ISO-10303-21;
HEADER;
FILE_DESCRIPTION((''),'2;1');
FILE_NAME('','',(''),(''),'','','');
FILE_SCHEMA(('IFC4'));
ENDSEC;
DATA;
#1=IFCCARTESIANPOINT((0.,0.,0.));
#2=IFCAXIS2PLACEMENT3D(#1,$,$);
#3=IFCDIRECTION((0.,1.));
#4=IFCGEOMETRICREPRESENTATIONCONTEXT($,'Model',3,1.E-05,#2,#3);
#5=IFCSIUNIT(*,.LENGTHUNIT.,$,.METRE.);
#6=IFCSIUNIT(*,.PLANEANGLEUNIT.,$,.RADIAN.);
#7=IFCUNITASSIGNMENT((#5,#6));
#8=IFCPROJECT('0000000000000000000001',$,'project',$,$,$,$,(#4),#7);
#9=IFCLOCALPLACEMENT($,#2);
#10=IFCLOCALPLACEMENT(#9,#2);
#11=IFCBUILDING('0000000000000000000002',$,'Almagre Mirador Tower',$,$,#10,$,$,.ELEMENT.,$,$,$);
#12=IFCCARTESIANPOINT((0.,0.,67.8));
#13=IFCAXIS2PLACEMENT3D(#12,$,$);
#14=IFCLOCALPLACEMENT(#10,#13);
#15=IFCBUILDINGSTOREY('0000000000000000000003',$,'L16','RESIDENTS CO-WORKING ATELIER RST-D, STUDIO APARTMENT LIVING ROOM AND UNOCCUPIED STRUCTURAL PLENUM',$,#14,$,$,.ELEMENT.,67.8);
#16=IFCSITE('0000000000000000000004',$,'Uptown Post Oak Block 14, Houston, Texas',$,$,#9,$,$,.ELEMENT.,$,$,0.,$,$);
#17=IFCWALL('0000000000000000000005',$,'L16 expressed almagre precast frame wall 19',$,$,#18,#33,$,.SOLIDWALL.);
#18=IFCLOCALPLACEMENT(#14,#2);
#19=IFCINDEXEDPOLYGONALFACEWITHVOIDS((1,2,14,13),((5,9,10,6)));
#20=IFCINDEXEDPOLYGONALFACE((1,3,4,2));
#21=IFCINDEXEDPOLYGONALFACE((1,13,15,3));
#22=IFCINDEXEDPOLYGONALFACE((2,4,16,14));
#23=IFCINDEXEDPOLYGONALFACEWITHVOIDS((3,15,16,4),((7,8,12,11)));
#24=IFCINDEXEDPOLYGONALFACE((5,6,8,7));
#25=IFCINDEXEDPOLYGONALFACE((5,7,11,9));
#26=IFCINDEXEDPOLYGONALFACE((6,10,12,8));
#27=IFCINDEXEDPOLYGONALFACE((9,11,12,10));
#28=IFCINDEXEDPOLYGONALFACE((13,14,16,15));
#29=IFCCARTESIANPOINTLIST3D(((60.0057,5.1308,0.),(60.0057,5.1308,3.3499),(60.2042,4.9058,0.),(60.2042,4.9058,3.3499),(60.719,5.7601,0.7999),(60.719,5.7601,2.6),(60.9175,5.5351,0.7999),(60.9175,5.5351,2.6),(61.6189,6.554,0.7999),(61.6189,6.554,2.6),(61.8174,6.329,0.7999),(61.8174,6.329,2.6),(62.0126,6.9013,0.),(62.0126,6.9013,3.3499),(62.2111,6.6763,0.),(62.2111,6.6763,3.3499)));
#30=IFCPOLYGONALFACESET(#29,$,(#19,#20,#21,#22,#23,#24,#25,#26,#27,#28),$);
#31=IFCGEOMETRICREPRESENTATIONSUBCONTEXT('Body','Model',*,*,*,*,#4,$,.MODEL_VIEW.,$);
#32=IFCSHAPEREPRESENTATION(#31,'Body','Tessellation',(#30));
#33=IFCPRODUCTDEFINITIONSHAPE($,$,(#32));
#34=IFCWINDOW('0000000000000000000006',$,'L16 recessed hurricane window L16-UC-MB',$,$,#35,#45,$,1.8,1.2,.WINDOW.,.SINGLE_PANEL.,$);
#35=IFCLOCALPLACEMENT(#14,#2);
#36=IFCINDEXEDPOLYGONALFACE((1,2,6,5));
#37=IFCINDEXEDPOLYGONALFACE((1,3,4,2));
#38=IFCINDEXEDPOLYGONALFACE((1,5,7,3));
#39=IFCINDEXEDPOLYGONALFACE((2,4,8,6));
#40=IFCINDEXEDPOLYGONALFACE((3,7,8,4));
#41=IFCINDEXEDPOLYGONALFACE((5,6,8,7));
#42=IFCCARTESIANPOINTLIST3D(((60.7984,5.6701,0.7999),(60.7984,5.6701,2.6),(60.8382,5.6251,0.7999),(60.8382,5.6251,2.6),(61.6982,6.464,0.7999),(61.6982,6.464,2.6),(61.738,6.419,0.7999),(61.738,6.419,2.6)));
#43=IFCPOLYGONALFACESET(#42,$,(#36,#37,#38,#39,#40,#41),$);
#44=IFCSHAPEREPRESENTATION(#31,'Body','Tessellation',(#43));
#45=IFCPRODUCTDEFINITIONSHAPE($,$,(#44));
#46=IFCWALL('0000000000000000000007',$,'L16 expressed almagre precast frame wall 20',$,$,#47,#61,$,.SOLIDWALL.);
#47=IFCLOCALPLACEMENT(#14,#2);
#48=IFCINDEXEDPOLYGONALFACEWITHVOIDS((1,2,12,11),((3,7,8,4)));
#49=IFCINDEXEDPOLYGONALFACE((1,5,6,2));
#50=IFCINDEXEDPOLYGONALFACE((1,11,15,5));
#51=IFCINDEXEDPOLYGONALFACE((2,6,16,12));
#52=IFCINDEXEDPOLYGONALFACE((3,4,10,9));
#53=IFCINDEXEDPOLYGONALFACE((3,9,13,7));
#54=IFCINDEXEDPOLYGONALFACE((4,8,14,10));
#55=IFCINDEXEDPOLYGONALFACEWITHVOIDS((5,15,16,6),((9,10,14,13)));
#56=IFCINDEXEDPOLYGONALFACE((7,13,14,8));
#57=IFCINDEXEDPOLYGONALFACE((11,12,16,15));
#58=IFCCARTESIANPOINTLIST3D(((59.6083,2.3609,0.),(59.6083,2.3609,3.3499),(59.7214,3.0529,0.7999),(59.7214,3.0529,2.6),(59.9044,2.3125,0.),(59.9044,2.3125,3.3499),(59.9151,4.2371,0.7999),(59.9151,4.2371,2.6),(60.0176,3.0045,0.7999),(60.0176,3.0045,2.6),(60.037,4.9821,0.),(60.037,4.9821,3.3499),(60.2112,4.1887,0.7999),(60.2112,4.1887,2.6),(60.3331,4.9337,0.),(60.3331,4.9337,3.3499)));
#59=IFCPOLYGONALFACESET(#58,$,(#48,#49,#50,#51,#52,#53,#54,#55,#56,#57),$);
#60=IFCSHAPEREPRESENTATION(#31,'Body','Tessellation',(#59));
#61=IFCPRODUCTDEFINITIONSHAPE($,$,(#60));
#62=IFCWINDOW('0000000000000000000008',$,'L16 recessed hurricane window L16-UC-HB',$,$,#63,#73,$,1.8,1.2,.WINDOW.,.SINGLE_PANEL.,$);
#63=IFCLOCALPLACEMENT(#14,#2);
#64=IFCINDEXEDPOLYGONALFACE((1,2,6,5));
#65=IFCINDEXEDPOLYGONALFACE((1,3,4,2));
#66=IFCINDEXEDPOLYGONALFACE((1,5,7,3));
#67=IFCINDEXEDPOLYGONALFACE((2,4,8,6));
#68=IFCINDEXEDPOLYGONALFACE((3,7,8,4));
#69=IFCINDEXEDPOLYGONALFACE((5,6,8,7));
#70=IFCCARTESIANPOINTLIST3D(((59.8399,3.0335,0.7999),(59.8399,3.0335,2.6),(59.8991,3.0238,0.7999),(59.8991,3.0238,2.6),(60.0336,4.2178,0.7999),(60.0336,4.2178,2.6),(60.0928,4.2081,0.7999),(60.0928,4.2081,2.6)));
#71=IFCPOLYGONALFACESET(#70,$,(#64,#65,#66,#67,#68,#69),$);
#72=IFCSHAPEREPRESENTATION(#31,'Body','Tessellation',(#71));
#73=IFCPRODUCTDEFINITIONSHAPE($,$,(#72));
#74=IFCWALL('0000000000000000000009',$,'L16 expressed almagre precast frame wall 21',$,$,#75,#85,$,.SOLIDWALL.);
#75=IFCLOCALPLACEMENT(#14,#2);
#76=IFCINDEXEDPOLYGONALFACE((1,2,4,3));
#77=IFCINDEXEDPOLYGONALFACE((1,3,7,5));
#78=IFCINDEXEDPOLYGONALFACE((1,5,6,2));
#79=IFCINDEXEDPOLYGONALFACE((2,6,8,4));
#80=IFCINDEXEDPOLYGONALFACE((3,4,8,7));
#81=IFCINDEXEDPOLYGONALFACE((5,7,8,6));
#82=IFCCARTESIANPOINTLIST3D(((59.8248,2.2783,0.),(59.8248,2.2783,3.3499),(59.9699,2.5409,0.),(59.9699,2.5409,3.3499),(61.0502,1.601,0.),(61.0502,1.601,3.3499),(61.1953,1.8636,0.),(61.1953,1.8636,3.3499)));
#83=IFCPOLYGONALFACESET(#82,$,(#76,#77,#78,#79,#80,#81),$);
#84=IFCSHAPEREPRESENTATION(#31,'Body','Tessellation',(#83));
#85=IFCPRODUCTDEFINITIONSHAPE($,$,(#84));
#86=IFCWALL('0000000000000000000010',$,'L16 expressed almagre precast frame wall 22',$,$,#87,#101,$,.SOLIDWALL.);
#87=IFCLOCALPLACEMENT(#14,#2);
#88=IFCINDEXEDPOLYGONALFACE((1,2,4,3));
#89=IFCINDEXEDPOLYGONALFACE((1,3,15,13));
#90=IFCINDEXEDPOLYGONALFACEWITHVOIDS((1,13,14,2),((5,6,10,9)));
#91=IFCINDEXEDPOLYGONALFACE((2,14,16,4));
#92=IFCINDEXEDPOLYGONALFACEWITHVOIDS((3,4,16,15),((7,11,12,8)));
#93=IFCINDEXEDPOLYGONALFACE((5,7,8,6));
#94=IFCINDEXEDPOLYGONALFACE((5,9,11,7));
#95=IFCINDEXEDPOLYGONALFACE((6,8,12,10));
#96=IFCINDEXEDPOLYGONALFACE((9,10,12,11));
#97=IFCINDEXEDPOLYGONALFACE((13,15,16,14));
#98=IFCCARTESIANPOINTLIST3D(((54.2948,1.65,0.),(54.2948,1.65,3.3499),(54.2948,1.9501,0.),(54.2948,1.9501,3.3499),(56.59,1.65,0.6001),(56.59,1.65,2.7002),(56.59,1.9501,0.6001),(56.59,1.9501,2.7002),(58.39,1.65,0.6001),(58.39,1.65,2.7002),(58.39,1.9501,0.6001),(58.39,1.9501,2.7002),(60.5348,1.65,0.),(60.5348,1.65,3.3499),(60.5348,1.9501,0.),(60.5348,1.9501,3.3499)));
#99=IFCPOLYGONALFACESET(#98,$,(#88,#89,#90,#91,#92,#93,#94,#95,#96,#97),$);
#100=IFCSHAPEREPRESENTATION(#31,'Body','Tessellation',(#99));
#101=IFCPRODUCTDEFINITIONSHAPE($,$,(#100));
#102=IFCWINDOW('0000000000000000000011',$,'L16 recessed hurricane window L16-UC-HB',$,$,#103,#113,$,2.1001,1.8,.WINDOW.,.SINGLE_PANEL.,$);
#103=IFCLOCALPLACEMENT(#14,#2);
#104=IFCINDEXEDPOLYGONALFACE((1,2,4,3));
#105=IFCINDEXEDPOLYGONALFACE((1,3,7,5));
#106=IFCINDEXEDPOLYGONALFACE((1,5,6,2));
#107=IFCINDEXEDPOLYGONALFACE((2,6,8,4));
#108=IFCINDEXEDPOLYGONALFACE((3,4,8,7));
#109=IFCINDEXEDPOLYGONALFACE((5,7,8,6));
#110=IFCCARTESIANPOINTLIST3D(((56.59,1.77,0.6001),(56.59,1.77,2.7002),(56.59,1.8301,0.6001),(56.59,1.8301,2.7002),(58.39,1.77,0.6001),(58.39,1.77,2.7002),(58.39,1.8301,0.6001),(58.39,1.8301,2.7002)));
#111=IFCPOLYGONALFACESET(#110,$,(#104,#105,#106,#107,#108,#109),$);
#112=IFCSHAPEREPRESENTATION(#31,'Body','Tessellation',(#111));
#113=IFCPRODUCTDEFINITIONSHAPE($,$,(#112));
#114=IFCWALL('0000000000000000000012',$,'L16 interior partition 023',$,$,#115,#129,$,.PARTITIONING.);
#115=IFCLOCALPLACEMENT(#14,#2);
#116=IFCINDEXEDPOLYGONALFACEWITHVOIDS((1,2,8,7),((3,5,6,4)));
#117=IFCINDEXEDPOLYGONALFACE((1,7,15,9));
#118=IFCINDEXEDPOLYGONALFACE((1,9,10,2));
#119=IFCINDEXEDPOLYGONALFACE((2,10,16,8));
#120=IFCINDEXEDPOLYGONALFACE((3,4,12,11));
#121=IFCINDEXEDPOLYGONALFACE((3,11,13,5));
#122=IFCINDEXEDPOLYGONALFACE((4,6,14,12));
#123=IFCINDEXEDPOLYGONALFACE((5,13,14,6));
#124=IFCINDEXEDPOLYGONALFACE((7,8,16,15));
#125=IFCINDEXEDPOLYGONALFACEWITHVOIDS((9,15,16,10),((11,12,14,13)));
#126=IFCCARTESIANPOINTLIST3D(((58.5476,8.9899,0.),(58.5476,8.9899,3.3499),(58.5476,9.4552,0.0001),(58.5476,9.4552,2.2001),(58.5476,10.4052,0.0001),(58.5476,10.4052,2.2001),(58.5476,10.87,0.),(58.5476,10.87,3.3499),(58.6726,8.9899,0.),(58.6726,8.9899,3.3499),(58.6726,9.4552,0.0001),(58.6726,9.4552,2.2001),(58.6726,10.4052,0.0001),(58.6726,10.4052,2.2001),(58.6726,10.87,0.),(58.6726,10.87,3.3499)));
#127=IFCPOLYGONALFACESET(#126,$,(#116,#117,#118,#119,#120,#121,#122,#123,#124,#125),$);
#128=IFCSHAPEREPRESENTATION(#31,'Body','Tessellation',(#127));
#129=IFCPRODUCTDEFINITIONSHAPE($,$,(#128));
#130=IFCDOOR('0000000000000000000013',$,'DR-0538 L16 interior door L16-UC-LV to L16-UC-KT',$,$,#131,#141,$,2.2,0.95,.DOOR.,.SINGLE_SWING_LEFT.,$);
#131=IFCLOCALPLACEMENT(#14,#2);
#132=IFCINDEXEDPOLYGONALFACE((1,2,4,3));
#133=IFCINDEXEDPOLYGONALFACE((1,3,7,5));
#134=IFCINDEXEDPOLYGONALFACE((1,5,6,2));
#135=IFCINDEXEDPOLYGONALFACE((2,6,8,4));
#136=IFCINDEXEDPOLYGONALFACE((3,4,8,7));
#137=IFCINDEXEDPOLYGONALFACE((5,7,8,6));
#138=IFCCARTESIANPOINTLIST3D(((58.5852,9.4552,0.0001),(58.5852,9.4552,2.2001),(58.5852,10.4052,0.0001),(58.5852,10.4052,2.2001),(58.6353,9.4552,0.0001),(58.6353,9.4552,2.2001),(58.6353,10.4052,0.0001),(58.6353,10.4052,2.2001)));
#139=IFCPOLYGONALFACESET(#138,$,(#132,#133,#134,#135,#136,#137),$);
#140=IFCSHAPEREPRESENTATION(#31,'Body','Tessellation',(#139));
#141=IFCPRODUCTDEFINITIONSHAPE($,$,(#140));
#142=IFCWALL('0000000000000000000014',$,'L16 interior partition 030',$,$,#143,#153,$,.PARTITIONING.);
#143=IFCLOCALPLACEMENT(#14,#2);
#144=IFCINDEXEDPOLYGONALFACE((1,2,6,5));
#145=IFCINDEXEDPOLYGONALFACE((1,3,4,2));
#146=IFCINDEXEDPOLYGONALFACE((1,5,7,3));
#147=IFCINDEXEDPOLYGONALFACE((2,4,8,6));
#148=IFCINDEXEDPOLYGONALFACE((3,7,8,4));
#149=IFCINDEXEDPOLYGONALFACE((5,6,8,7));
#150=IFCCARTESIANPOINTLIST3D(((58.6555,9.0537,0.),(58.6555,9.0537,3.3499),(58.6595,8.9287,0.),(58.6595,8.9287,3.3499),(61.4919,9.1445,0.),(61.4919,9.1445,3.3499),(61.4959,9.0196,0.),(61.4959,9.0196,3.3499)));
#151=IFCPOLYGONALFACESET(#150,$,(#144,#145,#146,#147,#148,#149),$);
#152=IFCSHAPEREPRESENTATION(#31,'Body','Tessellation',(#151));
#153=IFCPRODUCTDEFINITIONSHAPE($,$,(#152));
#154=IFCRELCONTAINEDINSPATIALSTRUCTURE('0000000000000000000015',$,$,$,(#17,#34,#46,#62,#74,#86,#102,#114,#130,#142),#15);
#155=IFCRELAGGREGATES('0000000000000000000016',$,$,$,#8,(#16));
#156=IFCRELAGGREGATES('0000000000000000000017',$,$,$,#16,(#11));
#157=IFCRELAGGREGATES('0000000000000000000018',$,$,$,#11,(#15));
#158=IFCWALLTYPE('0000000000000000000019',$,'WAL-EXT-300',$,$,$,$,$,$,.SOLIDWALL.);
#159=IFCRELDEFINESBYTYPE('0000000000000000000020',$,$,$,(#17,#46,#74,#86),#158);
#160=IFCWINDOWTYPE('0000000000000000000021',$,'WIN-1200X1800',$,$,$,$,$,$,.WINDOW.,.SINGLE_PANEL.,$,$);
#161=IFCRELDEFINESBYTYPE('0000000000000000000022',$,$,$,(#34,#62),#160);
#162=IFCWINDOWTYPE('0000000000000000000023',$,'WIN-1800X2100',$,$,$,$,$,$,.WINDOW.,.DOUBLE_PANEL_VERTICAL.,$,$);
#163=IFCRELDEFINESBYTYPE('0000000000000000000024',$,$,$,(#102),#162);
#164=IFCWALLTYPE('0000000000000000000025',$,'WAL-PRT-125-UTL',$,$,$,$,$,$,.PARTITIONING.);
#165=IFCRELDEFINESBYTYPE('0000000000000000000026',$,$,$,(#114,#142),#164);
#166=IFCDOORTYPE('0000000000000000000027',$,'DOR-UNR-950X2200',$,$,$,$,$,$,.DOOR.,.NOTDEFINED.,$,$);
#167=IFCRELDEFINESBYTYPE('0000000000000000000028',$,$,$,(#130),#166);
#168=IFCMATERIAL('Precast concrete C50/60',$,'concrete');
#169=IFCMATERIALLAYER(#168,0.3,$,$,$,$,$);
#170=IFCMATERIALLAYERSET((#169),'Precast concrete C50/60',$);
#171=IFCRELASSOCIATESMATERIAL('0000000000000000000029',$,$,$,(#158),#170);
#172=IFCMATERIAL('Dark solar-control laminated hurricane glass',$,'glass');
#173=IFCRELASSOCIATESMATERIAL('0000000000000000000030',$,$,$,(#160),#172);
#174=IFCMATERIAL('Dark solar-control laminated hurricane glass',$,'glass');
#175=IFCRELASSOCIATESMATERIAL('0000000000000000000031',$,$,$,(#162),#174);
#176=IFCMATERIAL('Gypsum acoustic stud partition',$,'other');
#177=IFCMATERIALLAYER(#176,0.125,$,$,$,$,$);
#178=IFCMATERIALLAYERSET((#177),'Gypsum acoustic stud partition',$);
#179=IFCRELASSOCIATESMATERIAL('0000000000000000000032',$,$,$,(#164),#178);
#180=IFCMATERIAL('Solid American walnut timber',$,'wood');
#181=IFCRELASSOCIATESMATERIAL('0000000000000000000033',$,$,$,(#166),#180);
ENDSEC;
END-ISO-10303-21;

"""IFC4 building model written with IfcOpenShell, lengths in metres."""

from ifc_helpers import new_model, si_unit, direction, frame, frame_2d, origin, place, context, subcontext, project, spatial, rectangle, extrude, material, layer, layer_set, type_object, element, fill, save


model = new_model("IFC4")

# Units and contexts
model_context = context("Model", 3, precision=1e-05, world=origin(), true_north=direction((0.0, 1.0)))
body_context = subcontext(model_context, "Body", "Model", "MODEL_VIEW")
ifc_project = project(units=[si_unit("LENGTHUNIT", "METRE"), si_unit("PLANEANGLEUNIT", "RADIAN")], contexts=[model_context])

# Site, building, storey
site_placement = place(None, origin())
site = spatial("IfcSite", under=ifc_project, at=site_placement, Name="Uptown Post Oak Block 14, Houston, Texas", CompositionType="ELEMENT", RefElevation=0.0)
building_placement = place(site_placement, origin())
building = spatial("IfcBuilding", under=site, at=building_placement, Name="Almagre Mirador Tower", CompositionType="ELEMENT")
storey_placement = place(building_placement, frame((0.0, 0.0, 67.8)))
storey = spatial("IfcBuildingStorey", under=building, at=storey_placement, Name="L16", Description="RESIDENTS CO-WORKING ATELIER RST-D, STUDIO APARTMENT LIVING ROOM AND UNOCCUPIED STRUCTURAL PLENUM", CompositionType="ELEMENT", Elevation=67.8)

# Shared definitions
ifc_material_1 = material(Name="Precast concrete C50/60", Category="concrete")
ifc_layer_1 = layer(ifc_material_1, 0.3)
ifc_layer_set_1 = layer_set([ifc_layer_1], Name="Precast concrete C50/60")
wall_type_1 = type_object("IfcWallType", Name="WAL-EXT-300", PredefinedType="SOLIDWALL", material=ifc_layer_set_1)
ifc_material_2 = material(Name="Dark solar-control laminated hurricane glass", Category="glass")
window_type_1 = type_object("IfcWindowType", Name="WIN-1200X1800", PartitioningType="SINGLE_PANEL", PredefinedType="WINDOW", material=ifc_material_2)

# Walls, openings, windows
wall_1_placement = place(storey_placement, frame((62.1118, 6.7888, 0.0), z_axis=(0.0, 0.0, 1.0), x_axis=(-0.74988, -0.661573, 0.0)))
wall_1 = element("IfcWall", 1, at=wall_1_placement, inside=storey, type_object=wall_type_1, Name="L16 expressed almagre precast frame wall 19", PredefinedType="SOLIDWALL", context=body_context, shape_type="SweptSolid", body=[
    extrude(rectangle(XDim=2.6763, YDim=0.3, at=frame_2d((1.3381, 0.0))), origin(), (0.0, 0.0, 1.0), 3.3499),
])
opening_1_placement = place(wall_1_placement, frame((0.5249, 0.0, 0.8)))
opening_1 = element("IfcOpeningElement", 2, at=opening_1_placement, cuts=wall_1, PredefinedType="OPENING", context=body_context, shape_type="SweptSolid", body=[
    extrude(rectangle(XDim=1.2, YDim=1.8, at=frame_2d((0.6001, 0.8999))), frame((0.0, 0.1599, 0.0), z_axis=(0.0, -1.0, 0.0), x_axis=(1.0, 0.0, 0.0)), (0.0, 0.0, 1.0), 0.32),
])
window_1_placement = place(opening_1_placement, origin())
window_1 = element("IfcWindow", 3, at=window_1_placement, inside=storey, type_object=window_type_1, Name="L16 recessed hurricane window L16-UC-MB", OverallHeight=1.8, OverallWidth=1.2, PartitioningType="SINGLE_PANEL", PredefinedType="WINDOW", context=body_context, shape_type="SweptSolid", body=[
    extrude(rectangle(XDim=1.2, YDim=1.8, at=frame_2d((0.6001, 0.8999))), frame((0.0, 0.03, 0.0), z_axis=(0.0, -1.0, 0.0), x_axis=(1.0, 0.0, 0.0)), (0.0, 0.0, 1.0), 0.0601),
])
fill(opening_1, window_1)
wall_2_placement = place(storey_placement, frame((60.1851, 4.958, 0.0), z_axis=(0.0, 0.0, 1.0), x_axis=(-0.161417, -0.986886, 0.0)))
wall_2 = element("IfcWall", 4, at=wall_2_placement, inside=storey, type_object=wall_type_1, Name="L16 expressed almagre precast frame wall 20", PredefinedType="SOLIDWALL", context=body_context, shape_type="SweptSolid", body=[
    extrude(rectangle(XDim=2.656, YDim=0.3, at=frame_2d((1.3281, 0.0))), origin(), (0.0, 0.0, 1.0), 3.3499),
])
opening_2_placement = place(wall_2_placement, frame((0.7549, 0.0, 0.8)))
opening_2 = element("IfcOpeningElement", 5, at=opening_2_placement, cuts=wall_2, PredefinedType="OPENING", context=body_context, shape_type="SweptSolid", body=[
    extrude(rectangle(XDim=1.2, YDim=1.8, at=frame_2d((0.6001, 0.8999))), frame((0.0, 0.1599, 0.0), z_axis=(0.0, -1.0, 0.0), x_axis=(1.0, 0.0, 0.0)), (0.0, 0.0, 1.0), 0.32),
])
window_2_placement = place(opening_2_placement, origin())
window_2 = element("IfcWindow", 6, at=window_2_placement, inside=storey, type_object=window_type_1, Name="L16 recessed hurricane window L16-UC-HB", OverallHeight=1.8, OverallWidth=1.2, PartitioningType="SINGLE_PANEL", PredefinedType="WINDOW", context=body_context, shape_type="SweptSolid", body=[
    extrude(rectangle(XDim=1.2, YDim=1.8, at=frame_2d((0.6001, 0.8999))), frame((0.0, 0.03, 0.0), z_axis=(0.0, -1.0, 0.0), x_axis=(1.0, 0.0, 0.0)), (0.0, 0.0, 1.0), 0.0601),
])
fill(opening_2, window_2)

# Wall
wall_3_placement = place(storey_placement, frame((59.8972, 2.4097, 0.0), z_axis=(0.0, 0.0, 1.0), x_axis=(0.875216, -0.483732, 0.0)))
element("IfcWall", 7, at=wall_3_placement, inside=storey, type_object=wall_type_1, Name="L16 expressed almagre precast frame wall 21", PredefinedType="SOLIDWALL", context=body_context, shape_type="SweptSolid", body=[
    extrude(rectangle(XDim=1.4001, YDim=0.3, at=frame_2d((0.7002, 0.0))), origin(), (0.0, 0.0, 1.0), 3.3499),
])

# Wall, opening, window
wall_4_placement = place(storey_placement, frame((60.5349, 1.8, 0.0), z_axis=(0.0, 0.0, 1.0), x_axis=(-1.0, 0.0, 0.0)))
wall_4 = element("IfcWall", 8, at=wall_4_placement, inside=storey, type_object=wall_type_1, Name="L16 expressed almagre precast frame wall 22", PredefinedType="SOLIDWALL", context=body_context, shape_type="SweptSolid", body=[
    extrude(rectangle(XDim=6.24, YDim=0.3, at=frame_2d((3.1201, 0.0))), origin(), (0.0, 0.0, 1.0), 3.3499),
])
opening_3_placement = place(wall_4_placement, frame((2.145, 0.0, 0.6001)))
opening_3 = element("IfcOpeningElement", 9, at=opening_3_placement, cuts=wall_4, PredefinedType="OPENING", context=body_context, shape_type="SweptSolid", body=[
    extrude(rectangle(XDim=1.8, YDim=2.1001, at=frame_2d((0.8999, 1.05))), frame((0.0, 0.1599, 0.0), z_axis=(0.0, -1.0, 0.0), x_axis=(1.0, 0.0, 0.0)), (0.0, 0.0, 1.0), 0.32),
])
ifc_material_3 = material(Name="Dark solar-control laminated hurricane glass", Category="glass")
window_type_2 = type_object("IfcWindowType", Name="WIN-1800X2100", PartitioningType="DOUBLE_PANEL_VERTICAL", PredefinedType="WINDOW", material=ifc_material_3)
window_3_placement = place(opening_3_placement, origin())
window_3 = element("IfcWindow", 10, at=window_3_placement, inside=storey, type_object=window_type_2, Name="L16 recessed hurricane window L16-UC-HB", OverallHeight=2.1001, OverallWidth=1.8, PartitioningType="SINGLE_PANEL", PredefinedType="WINDOW", context=body_context, shape_type="SweptSolid", body=[
    extrude(rectangle(XDim=1.8, YDim=2.1001, at=frame_2d((0.8999, 1.05))), frame((0.0, 0.03, 0.0), z_axis=(0.0, -1.0, 0.0), x_axis=(1.0, 0.0, 0.0)), (0.0, 0.0, 1.0), 0.0601),
])
fill(opening_3, window_3)

# Wall, opening, door
ifc_material_4 = material(Name="Gypsum acoustic stud partition", Category="other")
ifc_layer_2 = layer(ifc_material_4, 0.125)
ifc_layer_set_2 = layer_set([ifc_layer_2], Name="Gypsum acoustic stud partition")
wall_type_2 = type_object("IfcWallType", Name="WAL-PRT-125-UTL", PredefinedType="PARTITIONING", material=ifc_layer_set_2)
wall_5_placement = place(storey_placement, frame((58.6101, 8.99, 0.0), z_axis=(0.0, 0.0, 1.0), x_axis=(0.0, 1.0, 0.0)))
wall_5 = element("IfcWall", 11, at=wall_5_placement, inside=storey, type_object=wall_type_2, Name="L16 interior partition 023", PredefinedType="PARTITIONING", context=body_context, shape_type="SweptSolid", body=[
    extrude(rectangle(XDim=1.8801, YDim=0.125, at=frame_2d((0.9399, 0.0))), origin(), (0.0, 0.0, 1.0), 3.3499),
])
opening_4_placement = place(wall_5_placement, frame((0.4651, 0.0, 0.0)))
opening_4 = element("IfcOpeningElement", 12, at=opening_4_placement, cuts=wall_5, PredefinedType="OPENING", context=body_context, shape_type="SweptSolid", body=[
    extrude(rectangle(XDim=0.95, YDim=2.2, at=frame_2d((0.4751, 1.1001))), frame((0.0, 0.0725, 0.0), z_axis=(0.0, -1.0, 0.0), x_axis=(1.0, 0.0, 0.0)), (0.0, 0.0, 1.0), 0.145),
])
ifc_material_5 = material(Name="Solid American walnut timber", Category="wood")
door_type_1 = type_object("IfcDoorType", Name="DOR-UNR-950X2200", OperationType="NOTDEFINED", PredefinedType="DOOR", material=ifc_material_5)
door_1_placement = place(opening_4_placement, origin())
door_1 = element("IfcDoor", 13, at=door_1_placement, inside=storey, type_object=door_type_1, Name="DR-0538 L16 interior door L16-UC-LV to L16-UC-KT", OperationType="SINGLE_SWING_LEFT", OverallHeight=2.2, OverallWidth=0.95, PredefinedType="DOOR", context=body_context, shape_type="SweptSolid", body=[
    extrude(rectangle(XDim=0.95, YDim=2.2, at=frame_2d((0.4751, 1.1001))), frame((0.0, 0.0249, 0.0), z_axis=(0.0, -1.0, 0.0), x_axis=(1.0, 0.0, 0.0)), (0.0, 0.0, 1.0), 0.05),
])
fill(opening_4, door_1)

# Wall
wall_6_placement = place(storey_placement, frame((58.6575, 8.9912, 0.0), z_axis=(0.0, 0.0, 1.0), x_axis=(0.999488, 0.032003, 0.0)))
element("IfcWall", 14, at=wall_6_placement, inside=storey, type_object=wall_type_2, Name="L16 interior partition 030", PredefinedType="PARTITIONING", context=body_context, shape_type="SweptSolid", body=[
    extrude(rectangle(XDim=2.8379, YDim=0.125, at=frame_2d((1.4189, 0.0))), origin(), (0.0, 0.0, 1.0), 3.3499),
])

save(model, "model.ifc")
